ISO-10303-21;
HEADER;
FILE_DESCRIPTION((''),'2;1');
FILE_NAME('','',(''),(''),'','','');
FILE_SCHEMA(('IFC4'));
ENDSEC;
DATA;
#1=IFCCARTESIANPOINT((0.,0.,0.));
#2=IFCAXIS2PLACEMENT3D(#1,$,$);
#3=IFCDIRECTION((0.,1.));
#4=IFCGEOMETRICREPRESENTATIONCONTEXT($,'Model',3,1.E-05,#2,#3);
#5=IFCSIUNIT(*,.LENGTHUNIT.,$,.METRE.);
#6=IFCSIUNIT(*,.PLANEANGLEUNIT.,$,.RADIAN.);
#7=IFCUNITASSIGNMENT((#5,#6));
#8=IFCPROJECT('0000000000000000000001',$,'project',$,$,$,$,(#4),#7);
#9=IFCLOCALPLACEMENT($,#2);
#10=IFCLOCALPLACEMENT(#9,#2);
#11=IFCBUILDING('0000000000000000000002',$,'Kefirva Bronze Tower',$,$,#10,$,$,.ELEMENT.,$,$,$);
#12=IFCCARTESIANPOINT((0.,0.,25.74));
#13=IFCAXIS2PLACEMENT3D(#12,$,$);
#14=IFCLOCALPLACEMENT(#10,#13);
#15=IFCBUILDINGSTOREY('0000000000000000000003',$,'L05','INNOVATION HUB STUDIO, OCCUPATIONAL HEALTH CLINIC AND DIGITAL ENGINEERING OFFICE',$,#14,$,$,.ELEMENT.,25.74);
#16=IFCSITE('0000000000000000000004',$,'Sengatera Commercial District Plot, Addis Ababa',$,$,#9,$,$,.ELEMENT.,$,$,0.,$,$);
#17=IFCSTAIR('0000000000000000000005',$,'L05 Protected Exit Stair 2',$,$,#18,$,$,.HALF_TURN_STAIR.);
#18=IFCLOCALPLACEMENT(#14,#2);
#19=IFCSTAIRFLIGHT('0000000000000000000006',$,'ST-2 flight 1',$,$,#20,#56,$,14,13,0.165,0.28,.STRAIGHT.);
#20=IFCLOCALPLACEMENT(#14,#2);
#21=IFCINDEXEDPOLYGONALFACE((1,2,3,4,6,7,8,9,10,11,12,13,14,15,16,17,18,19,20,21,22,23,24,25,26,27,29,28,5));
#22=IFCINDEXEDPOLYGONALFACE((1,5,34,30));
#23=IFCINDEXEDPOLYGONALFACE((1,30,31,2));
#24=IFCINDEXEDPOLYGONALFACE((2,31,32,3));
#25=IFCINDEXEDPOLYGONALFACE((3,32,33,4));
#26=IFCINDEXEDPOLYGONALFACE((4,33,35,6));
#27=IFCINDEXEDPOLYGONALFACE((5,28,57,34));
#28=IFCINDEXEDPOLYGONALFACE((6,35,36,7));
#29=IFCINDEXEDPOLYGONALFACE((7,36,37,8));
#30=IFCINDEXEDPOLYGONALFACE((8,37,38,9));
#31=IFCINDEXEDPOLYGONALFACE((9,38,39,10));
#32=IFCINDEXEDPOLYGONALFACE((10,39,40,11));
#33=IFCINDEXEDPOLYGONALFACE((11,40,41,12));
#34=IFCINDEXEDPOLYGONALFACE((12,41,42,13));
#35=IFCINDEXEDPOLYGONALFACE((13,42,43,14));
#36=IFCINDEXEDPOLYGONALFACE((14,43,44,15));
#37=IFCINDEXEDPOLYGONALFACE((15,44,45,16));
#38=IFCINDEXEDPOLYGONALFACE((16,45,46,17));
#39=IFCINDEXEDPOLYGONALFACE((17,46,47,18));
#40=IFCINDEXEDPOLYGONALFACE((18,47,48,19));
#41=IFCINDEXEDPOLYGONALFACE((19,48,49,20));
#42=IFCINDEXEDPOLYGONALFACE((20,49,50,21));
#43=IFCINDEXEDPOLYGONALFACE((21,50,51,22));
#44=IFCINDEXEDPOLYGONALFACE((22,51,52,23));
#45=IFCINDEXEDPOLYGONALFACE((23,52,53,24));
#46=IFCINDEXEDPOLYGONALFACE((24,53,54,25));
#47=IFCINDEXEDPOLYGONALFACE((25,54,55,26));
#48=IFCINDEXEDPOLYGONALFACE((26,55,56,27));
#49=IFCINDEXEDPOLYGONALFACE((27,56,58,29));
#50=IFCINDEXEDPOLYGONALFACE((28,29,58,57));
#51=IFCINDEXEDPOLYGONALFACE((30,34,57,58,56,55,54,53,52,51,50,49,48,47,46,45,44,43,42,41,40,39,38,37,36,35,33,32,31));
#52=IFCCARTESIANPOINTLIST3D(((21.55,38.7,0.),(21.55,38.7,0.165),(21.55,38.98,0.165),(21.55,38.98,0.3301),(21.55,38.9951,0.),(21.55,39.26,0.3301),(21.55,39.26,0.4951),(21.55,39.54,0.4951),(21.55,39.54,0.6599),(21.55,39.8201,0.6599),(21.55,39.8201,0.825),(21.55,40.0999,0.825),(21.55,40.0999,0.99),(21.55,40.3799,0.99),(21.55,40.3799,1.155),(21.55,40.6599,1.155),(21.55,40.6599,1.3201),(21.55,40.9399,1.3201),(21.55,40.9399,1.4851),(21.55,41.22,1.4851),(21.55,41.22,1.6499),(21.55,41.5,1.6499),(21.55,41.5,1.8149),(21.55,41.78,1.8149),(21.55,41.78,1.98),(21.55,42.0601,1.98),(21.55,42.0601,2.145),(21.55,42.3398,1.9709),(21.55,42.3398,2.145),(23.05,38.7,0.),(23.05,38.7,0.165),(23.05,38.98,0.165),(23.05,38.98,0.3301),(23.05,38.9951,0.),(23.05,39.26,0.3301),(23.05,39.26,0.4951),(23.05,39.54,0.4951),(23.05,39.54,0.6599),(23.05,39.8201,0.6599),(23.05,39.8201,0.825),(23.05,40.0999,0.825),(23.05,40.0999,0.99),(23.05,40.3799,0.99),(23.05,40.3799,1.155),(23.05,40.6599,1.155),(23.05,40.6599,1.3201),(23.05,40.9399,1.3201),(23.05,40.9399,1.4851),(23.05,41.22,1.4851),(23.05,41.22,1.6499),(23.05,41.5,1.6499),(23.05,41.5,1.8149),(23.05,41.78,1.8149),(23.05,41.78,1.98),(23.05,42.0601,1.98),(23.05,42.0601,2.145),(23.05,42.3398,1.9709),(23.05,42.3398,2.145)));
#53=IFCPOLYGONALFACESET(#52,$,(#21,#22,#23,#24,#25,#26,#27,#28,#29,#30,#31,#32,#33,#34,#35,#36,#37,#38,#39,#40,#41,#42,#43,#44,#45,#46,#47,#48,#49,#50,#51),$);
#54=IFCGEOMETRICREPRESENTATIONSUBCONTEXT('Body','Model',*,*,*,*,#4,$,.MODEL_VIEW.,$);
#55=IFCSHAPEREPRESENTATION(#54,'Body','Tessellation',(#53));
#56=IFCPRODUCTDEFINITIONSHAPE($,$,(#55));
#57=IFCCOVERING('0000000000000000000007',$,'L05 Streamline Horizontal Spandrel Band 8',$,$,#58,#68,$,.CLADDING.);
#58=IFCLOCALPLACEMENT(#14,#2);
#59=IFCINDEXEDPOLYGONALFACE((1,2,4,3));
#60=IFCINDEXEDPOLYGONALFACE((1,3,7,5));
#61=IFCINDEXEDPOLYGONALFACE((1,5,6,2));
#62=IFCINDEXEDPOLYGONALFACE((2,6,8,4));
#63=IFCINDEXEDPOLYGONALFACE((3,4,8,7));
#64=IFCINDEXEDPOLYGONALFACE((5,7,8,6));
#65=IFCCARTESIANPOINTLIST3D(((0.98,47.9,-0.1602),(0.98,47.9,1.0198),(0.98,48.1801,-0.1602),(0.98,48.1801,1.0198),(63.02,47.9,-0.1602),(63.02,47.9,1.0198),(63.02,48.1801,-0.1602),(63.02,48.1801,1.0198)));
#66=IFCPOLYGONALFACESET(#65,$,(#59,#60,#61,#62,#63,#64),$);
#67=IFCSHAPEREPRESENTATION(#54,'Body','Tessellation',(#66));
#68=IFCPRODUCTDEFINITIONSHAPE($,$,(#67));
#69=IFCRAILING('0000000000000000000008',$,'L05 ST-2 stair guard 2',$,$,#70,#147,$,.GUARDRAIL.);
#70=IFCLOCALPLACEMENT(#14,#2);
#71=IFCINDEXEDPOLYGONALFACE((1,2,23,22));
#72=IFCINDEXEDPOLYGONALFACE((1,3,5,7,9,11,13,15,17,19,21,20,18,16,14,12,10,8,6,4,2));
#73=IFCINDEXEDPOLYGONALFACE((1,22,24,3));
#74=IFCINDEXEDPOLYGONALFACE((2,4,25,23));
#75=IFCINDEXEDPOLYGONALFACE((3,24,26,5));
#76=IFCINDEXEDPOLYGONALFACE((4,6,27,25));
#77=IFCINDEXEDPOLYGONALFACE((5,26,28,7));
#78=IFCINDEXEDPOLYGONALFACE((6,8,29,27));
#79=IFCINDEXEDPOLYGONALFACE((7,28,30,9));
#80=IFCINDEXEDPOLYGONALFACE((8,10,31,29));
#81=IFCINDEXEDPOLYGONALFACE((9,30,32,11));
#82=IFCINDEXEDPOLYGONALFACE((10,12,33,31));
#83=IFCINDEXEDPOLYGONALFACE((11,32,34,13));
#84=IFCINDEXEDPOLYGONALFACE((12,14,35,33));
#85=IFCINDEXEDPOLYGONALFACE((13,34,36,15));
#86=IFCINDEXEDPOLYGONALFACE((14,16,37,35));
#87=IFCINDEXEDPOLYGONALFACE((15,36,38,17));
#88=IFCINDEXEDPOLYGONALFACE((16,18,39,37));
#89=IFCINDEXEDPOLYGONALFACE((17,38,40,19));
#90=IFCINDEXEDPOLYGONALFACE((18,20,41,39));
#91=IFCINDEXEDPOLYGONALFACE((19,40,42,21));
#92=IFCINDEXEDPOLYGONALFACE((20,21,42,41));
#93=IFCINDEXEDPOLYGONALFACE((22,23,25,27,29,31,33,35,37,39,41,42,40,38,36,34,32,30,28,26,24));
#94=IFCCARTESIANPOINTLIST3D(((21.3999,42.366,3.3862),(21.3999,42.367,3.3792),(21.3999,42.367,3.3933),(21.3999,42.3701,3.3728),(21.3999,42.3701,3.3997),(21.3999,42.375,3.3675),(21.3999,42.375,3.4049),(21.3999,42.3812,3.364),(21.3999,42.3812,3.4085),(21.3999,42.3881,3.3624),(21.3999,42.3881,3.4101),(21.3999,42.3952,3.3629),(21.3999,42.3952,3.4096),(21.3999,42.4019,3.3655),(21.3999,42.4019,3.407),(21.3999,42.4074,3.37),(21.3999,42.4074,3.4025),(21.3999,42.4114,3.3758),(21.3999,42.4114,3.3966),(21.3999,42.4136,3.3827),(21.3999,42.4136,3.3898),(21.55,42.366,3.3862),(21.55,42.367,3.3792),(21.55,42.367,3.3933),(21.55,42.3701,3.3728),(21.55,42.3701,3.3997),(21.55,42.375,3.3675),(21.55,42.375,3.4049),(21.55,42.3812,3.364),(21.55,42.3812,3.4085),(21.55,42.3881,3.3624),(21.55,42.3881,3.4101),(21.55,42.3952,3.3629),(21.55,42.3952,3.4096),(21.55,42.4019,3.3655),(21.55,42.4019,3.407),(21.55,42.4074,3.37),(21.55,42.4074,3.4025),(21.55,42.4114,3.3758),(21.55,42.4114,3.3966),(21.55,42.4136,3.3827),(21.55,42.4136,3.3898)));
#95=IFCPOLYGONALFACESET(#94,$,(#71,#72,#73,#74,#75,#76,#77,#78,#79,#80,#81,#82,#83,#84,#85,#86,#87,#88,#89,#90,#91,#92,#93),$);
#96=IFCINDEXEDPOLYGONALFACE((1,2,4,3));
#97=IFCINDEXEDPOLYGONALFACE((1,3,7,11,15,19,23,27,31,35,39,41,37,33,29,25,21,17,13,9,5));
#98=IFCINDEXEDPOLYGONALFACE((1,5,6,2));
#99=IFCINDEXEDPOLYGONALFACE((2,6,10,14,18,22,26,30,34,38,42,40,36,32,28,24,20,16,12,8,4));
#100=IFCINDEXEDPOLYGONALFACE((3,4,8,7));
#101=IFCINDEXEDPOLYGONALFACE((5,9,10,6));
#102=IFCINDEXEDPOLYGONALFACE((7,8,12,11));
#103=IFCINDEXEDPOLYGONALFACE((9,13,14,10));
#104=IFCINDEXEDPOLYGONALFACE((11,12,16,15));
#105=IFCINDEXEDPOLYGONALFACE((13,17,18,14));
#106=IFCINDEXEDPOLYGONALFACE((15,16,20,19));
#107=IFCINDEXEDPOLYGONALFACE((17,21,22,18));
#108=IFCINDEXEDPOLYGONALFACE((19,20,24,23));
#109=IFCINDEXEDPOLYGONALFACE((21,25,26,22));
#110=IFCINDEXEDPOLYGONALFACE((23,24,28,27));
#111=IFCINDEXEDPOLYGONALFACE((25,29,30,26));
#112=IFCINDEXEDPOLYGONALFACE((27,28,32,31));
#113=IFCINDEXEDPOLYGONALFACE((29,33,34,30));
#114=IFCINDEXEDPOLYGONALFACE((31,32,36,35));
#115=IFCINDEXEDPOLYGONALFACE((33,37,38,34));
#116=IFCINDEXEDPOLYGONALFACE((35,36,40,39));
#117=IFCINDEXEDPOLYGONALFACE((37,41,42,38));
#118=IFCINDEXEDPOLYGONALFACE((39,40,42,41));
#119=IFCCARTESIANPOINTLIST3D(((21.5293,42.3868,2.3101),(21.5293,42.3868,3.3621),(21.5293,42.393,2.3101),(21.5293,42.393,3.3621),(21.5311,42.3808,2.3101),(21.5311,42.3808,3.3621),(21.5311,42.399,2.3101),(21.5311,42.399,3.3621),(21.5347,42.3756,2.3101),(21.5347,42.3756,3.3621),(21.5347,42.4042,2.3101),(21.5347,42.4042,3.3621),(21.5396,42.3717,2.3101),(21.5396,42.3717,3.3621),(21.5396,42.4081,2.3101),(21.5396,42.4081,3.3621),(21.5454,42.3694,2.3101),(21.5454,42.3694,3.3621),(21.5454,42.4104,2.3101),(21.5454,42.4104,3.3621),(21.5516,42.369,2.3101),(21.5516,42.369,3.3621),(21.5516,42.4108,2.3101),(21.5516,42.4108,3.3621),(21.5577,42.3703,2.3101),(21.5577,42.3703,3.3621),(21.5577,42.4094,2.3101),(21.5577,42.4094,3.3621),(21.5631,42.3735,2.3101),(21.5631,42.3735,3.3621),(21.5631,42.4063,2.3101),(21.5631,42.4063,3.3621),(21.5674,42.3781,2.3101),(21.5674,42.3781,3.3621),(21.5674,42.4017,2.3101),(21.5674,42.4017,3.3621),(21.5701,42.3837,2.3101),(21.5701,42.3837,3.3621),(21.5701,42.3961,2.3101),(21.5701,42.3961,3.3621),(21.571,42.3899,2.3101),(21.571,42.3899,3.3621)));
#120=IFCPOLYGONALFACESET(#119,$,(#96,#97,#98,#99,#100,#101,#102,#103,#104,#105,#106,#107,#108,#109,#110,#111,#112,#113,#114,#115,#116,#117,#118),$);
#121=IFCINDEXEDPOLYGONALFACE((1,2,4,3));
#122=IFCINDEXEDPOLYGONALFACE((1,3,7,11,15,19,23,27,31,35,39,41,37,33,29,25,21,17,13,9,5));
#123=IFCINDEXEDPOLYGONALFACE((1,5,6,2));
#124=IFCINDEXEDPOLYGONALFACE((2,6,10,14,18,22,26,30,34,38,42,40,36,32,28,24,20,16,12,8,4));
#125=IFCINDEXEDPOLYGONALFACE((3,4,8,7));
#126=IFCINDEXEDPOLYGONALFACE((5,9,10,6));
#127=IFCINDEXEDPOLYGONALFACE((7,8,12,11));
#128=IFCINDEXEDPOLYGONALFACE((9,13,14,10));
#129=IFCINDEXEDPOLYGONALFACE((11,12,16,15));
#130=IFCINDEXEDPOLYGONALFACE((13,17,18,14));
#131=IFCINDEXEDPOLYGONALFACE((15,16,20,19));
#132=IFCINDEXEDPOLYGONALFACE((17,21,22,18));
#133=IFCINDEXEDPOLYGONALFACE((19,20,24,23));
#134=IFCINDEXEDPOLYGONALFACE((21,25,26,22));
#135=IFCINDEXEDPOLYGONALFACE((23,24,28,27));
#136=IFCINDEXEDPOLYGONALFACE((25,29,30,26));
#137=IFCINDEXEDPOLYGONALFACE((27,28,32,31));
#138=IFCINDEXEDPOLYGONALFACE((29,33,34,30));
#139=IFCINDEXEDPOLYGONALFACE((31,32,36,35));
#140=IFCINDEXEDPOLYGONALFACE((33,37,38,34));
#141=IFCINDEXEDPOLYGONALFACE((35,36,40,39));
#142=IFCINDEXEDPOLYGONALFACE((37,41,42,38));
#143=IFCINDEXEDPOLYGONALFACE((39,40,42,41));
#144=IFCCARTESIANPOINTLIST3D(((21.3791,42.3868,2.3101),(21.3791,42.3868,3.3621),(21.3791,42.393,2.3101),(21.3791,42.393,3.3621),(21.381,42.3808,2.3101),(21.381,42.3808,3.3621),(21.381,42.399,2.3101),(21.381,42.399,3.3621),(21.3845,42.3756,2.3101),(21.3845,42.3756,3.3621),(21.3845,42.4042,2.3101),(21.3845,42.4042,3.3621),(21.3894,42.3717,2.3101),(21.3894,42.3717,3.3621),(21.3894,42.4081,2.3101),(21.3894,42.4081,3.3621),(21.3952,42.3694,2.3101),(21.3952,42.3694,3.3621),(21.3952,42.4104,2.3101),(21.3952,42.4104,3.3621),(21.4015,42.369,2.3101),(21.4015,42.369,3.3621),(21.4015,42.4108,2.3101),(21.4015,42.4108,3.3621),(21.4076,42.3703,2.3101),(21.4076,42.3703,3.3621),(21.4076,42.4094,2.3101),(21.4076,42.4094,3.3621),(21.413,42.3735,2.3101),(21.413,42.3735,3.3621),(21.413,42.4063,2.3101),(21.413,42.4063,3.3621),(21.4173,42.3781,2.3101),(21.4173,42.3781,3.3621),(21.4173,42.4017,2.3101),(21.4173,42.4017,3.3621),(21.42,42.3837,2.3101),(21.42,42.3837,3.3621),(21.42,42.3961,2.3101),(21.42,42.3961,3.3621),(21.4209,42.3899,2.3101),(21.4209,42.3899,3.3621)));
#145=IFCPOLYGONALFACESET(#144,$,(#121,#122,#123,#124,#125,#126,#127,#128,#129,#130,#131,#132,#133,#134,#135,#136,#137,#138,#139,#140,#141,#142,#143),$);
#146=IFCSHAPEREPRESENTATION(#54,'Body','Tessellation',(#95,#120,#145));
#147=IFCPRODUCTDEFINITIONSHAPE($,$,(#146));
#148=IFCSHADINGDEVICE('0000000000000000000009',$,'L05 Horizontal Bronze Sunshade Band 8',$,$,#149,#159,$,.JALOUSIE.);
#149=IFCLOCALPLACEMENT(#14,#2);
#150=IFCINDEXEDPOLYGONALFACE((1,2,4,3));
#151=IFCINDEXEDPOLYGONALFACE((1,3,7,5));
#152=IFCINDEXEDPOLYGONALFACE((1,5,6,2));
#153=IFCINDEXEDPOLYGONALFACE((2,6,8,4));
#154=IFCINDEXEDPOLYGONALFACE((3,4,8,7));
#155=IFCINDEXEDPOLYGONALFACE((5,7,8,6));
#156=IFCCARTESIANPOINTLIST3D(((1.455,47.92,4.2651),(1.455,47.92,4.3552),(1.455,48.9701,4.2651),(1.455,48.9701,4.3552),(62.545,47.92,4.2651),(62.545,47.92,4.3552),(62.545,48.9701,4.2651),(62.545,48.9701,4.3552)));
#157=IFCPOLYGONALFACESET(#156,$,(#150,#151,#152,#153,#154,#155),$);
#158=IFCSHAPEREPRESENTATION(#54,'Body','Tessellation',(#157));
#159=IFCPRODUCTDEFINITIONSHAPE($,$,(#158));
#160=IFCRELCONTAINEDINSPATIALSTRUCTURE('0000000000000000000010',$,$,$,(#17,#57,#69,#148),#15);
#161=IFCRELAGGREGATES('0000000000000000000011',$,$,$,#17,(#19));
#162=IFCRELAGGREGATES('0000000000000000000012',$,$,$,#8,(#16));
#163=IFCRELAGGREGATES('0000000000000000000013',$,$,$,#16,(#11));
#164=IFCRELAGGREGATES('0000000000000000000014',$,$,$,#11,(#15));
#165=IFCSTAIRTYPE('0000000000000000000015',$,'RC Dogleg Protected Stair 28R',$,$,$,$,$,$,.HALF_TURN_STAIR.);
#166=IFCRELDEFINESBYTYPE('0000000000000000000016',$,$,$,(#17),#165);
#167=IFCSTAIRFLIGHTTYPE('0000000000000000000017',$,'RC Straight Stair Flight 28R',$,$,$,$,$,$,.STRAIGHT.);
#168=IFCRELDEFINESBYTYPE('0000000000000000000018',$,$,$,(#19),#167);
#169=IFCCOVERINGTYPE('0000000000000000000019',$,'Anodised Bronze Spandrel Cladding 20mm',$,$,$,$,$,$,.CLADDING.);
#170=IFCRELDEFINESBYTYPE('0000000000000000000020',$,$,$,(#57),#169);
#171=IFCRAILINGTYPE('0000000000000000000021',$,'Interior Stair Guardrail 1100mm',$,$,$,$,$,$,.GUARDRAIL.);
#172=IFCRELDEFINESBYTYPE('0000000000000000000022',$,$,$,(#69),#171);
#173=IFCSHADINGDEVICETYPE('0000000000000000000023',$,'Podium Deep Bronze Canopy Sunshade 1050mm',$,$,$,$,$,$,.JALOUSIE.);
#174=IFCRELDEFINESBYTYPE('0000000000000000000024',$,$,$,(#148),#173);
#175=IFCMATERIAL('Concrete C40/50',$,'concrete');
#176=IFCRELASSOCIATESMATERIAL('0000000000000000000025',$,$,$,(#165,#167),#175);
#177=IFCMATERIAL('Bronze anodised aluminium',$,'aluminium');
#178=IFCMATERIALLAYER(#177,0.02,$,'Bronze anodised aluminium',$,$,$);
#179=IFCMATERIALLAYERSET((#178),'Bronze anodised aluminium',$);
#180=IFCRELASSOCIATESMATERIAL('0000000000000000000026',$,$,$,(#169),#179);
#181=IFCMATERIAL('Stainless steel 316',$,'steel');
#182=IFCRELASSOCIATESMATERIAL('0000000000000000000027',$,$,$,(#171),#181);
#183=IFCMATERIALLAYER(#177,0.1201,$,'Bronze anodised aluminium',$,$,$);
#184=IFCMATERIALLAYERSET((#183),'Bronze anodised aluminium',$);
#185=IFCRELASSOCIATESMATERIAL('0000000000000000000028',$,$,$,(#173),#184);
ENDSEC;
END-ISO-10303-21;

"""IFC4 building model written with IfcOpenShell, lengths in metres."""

from ifc_helpers import new_model, si_unit, direction, frame, origin, origin_2d, place, context, subcontext, project, spatial, polyline, rectangle, circle, outline, extrude, material, layer, layer_set, type_object, element, aggregate, save


model = new_model("IFC4")

# Units and contexts
model_context = context("Model", 3, precision=1e-05, world=origin(), true_north=direction((0.0, 1.0)))
body_context = subcontext(model_context, "Body", "Model", "MODEL_VIEW")
ifc_project = project(units=[si_unit("LENGTHUNIT", "METRE"), si_unit("PLANEANGLEUNIT", "RADIAN")], contexts=[model_context])

# Site, building, storey
site_placement = place(None, origin())
site = spatial("IfcSite", under=ifc_project, at=site_placement, Name="Sengatera Commercial District Plot, Addis Ababa", CompositionType="ELEMENT", RefElevation=0.0)
building_placement = place(site_placement, origin())
building = spatial("IfcBuilding", under=site, at=building_placement, Name="Kefirva Bronze Tower", CompositionType="ELEMENT")
storey_placement = place(building_placement, frame((0.0, 0.0, 25.74)))
storey = spatial("IfcBuildingStorey", under=building, at=storey_placement, Name="L05", Description="INNOVATION HUB STUDIO, OCCUPATIONAL HEALTH CLINIC AND DIGITAL ENGINEERING OFFICE", CompositionType="ELEMENT", Elevation=25.74)

# Shared definitions
ifc_material_1 = material(Name="Bronze anodised aluminium", Category="aluminium")

# Stair, stair flight
ifc_material_2 = material(Name="Concrete C40/50", Category="concrete")
stair_type = type_object("IfcStairType", Name="RC Dogleg Protected Stair 28R", PredefinedType="HALF_TURN_STAIR", material=ifc_material_2)
stair_placement = place(storey_placement, origin())
stair = element("IfcStair", 1, at=stair_placement, inside=storey, type_object=stair_type, Name="L05 Protected Exit Stair 2", PredefinedType="HALF_TURN_STAIR")
stair_flight_type = type_object("IfcStairFlightType", Name="RC Straight Stair Flight 28R", PredefinedType="STRAIGHT", material=ifc_material_2)
stair_flight_placement = place(storey_placement, frame((22.3, 38.7, 0.0), z_axis=(0.0, 0.0, 1.0), x_axis=(0.0, 1.0, 0.0)))
stair_flight = element("IfcStairFlight", 2, at=stair_flight_placement, type_object=stair_flight_type, Name="ST-2 flight 1", NumberOfRisers=14, NumberOfTreads=13, PredefinedType="STRAIGHT", RiserHeight=0.165, TreadLength=0.28, context=body_context, shape_type="SweptSolid", body=[
    extrude(outline(polyline([(0.0, 0.0), (0.0, 0.165), (0.28, 0.165), (0.28, 0.3301), (0.5601, 0.3301), (0.5601, 0.4951), (0.8401, 0.4951), (0.8401, 0.6599), (1.1201, 0.6599), (1.1201, 0.825), (1.3999, 0.825), (1.3999, 0.99), (1.6799, 0.99), (1.6799, 1.155), (1.96, 1.155), (1.96, 1.3201), (2.24, 1.3201), (2.24, 1.4851), (2.52, 1.4851), (2.52, 1.6499), (2.8, 1.6499), (2.8, 1.8149), (3.0801, 1.8149), (3.0801, 1.98), (3.3601, 1.98), (3.3601, 2.145), (3.6399, 2.145), (3.6399, 2.3101), (3.6399, 1.9709), (0.2952, 0.0), (0.0, 0.0)])), frame((0.0, 0.75, 0.0), z_axis=(0.0, -1.0, 0.0), x_axis=(1.0, 0.0, 0.0)), (0.0, 0.0, 1.0), 1.5),
])
aggregate(stair, [stair_flight])

# Covering
ifc_layer_1 = layer(ifc_material_1, 0.02, Name="Bronze anodised aluminium")
ifc_layer_set_1 = layer_set([ifc_layer_1], Name="Bronze anodised aluminium")
covering_type_1 = type_object("IfcCoveringType", Name="Anodised Bronze Spandrel Cladding 20mm", PredefinedType="CLADDING", material=ifc_layer_set_1)
covering_1_placement = place(storey_placement, frame((32.0, 48.04, -0.1602), z_axis=(0.0, 0.0, 1.0), x_axis=(-1.0, 0.0, 0.0)))
element("IfcCovering", 3, at=covering_1_placement, inside=storey, type_object=covering_type_1, Name="L05 Streamline Horizontal Spandrel Band 8", PredefinedType="CLADDING", context=body_context, shape_type="SweptSolid", body=[
    extrude(rectangle(XDim=62.04, YDim=0.28, at=origin_2d()), origin(), (0.0, 0.0, 1.0), 1.1799),
])

# Railing
ifc_material_3 = material(Name="Stainless steel 316", Category="steel")
railing_type_1 = type_object("IfcRailingType", Name="Interior Stair Guardrail 1100mm", PredefinedType="GUARDRAIL", material=ifc_material_3)
railing_1_placement = place(storey_placement, frame((21.55, 42.3899, 2.3101)))
element("IfcRailing", 4, at=railing_1_placement, inside=storey, type_object=railing_type_1, Name="L05 ST-2 stair guard 2", PredefinedType="GUARDRAIL", context=body_context, shape_type="SweptSolid", body=[
    extrude(circle(Radius=0.0239, at=origin_2d()), frame((0.0, 0.0, 1.0762), z_axis=(-1.0, 0.0, 0.0), x_axis=(0.0, -1.0, 0.0)), (0.0, 0.0, 1.0), 0.1501),
    extrude(circle(Radius=0.021, at=origin_2d()), origin(), (0.0, 0.0, 1.0), 1.052),
    extrude(circle(Radius=0.021, at=origin_2d()), frame((-0.1501, 0.0, 0.0)), (0.0, 0.0, 1.0), 1.052),
])

# Shading device
ifc_layer_2 = layer(ifc_material_1, 0.1201, Name="Bronze anodised aluminium")
ifc_layer_set_2 = layer_set([ifc_layer_2], Name="Bronze anodised aluminium")
shading_device_type = type_object("IfcShadingDeviceType", Name="Podium Deep Bronze Canopy Sunshade 1050mm", PredefinedType="JALOUSIE", material=ifc_layer_set_2)
shading_device_placement = place(storey_placement, frame((32.0, 48.4451, 4.2651), z_axis=(0.0, 0.0, 1.0), x_axis=(-1.0, 0.0, 0.0)))
element("IfcShadingDevice", 5, at=shading_device_placement, inside=storey, type_object=shading_device_type, Name="L05 Horizontal Bronze Sunshade Band 8", PredefinedType="JALOUSIE", context=body_context, shape_type="SweptSolid", body=[
    extrude(rectangle(XDim=61.0901, YDim=1.05, at=origin_2d()), origin(), (0.0, 0.0, 1.0), 0.0901),
])

save(model, "model.ifc")
